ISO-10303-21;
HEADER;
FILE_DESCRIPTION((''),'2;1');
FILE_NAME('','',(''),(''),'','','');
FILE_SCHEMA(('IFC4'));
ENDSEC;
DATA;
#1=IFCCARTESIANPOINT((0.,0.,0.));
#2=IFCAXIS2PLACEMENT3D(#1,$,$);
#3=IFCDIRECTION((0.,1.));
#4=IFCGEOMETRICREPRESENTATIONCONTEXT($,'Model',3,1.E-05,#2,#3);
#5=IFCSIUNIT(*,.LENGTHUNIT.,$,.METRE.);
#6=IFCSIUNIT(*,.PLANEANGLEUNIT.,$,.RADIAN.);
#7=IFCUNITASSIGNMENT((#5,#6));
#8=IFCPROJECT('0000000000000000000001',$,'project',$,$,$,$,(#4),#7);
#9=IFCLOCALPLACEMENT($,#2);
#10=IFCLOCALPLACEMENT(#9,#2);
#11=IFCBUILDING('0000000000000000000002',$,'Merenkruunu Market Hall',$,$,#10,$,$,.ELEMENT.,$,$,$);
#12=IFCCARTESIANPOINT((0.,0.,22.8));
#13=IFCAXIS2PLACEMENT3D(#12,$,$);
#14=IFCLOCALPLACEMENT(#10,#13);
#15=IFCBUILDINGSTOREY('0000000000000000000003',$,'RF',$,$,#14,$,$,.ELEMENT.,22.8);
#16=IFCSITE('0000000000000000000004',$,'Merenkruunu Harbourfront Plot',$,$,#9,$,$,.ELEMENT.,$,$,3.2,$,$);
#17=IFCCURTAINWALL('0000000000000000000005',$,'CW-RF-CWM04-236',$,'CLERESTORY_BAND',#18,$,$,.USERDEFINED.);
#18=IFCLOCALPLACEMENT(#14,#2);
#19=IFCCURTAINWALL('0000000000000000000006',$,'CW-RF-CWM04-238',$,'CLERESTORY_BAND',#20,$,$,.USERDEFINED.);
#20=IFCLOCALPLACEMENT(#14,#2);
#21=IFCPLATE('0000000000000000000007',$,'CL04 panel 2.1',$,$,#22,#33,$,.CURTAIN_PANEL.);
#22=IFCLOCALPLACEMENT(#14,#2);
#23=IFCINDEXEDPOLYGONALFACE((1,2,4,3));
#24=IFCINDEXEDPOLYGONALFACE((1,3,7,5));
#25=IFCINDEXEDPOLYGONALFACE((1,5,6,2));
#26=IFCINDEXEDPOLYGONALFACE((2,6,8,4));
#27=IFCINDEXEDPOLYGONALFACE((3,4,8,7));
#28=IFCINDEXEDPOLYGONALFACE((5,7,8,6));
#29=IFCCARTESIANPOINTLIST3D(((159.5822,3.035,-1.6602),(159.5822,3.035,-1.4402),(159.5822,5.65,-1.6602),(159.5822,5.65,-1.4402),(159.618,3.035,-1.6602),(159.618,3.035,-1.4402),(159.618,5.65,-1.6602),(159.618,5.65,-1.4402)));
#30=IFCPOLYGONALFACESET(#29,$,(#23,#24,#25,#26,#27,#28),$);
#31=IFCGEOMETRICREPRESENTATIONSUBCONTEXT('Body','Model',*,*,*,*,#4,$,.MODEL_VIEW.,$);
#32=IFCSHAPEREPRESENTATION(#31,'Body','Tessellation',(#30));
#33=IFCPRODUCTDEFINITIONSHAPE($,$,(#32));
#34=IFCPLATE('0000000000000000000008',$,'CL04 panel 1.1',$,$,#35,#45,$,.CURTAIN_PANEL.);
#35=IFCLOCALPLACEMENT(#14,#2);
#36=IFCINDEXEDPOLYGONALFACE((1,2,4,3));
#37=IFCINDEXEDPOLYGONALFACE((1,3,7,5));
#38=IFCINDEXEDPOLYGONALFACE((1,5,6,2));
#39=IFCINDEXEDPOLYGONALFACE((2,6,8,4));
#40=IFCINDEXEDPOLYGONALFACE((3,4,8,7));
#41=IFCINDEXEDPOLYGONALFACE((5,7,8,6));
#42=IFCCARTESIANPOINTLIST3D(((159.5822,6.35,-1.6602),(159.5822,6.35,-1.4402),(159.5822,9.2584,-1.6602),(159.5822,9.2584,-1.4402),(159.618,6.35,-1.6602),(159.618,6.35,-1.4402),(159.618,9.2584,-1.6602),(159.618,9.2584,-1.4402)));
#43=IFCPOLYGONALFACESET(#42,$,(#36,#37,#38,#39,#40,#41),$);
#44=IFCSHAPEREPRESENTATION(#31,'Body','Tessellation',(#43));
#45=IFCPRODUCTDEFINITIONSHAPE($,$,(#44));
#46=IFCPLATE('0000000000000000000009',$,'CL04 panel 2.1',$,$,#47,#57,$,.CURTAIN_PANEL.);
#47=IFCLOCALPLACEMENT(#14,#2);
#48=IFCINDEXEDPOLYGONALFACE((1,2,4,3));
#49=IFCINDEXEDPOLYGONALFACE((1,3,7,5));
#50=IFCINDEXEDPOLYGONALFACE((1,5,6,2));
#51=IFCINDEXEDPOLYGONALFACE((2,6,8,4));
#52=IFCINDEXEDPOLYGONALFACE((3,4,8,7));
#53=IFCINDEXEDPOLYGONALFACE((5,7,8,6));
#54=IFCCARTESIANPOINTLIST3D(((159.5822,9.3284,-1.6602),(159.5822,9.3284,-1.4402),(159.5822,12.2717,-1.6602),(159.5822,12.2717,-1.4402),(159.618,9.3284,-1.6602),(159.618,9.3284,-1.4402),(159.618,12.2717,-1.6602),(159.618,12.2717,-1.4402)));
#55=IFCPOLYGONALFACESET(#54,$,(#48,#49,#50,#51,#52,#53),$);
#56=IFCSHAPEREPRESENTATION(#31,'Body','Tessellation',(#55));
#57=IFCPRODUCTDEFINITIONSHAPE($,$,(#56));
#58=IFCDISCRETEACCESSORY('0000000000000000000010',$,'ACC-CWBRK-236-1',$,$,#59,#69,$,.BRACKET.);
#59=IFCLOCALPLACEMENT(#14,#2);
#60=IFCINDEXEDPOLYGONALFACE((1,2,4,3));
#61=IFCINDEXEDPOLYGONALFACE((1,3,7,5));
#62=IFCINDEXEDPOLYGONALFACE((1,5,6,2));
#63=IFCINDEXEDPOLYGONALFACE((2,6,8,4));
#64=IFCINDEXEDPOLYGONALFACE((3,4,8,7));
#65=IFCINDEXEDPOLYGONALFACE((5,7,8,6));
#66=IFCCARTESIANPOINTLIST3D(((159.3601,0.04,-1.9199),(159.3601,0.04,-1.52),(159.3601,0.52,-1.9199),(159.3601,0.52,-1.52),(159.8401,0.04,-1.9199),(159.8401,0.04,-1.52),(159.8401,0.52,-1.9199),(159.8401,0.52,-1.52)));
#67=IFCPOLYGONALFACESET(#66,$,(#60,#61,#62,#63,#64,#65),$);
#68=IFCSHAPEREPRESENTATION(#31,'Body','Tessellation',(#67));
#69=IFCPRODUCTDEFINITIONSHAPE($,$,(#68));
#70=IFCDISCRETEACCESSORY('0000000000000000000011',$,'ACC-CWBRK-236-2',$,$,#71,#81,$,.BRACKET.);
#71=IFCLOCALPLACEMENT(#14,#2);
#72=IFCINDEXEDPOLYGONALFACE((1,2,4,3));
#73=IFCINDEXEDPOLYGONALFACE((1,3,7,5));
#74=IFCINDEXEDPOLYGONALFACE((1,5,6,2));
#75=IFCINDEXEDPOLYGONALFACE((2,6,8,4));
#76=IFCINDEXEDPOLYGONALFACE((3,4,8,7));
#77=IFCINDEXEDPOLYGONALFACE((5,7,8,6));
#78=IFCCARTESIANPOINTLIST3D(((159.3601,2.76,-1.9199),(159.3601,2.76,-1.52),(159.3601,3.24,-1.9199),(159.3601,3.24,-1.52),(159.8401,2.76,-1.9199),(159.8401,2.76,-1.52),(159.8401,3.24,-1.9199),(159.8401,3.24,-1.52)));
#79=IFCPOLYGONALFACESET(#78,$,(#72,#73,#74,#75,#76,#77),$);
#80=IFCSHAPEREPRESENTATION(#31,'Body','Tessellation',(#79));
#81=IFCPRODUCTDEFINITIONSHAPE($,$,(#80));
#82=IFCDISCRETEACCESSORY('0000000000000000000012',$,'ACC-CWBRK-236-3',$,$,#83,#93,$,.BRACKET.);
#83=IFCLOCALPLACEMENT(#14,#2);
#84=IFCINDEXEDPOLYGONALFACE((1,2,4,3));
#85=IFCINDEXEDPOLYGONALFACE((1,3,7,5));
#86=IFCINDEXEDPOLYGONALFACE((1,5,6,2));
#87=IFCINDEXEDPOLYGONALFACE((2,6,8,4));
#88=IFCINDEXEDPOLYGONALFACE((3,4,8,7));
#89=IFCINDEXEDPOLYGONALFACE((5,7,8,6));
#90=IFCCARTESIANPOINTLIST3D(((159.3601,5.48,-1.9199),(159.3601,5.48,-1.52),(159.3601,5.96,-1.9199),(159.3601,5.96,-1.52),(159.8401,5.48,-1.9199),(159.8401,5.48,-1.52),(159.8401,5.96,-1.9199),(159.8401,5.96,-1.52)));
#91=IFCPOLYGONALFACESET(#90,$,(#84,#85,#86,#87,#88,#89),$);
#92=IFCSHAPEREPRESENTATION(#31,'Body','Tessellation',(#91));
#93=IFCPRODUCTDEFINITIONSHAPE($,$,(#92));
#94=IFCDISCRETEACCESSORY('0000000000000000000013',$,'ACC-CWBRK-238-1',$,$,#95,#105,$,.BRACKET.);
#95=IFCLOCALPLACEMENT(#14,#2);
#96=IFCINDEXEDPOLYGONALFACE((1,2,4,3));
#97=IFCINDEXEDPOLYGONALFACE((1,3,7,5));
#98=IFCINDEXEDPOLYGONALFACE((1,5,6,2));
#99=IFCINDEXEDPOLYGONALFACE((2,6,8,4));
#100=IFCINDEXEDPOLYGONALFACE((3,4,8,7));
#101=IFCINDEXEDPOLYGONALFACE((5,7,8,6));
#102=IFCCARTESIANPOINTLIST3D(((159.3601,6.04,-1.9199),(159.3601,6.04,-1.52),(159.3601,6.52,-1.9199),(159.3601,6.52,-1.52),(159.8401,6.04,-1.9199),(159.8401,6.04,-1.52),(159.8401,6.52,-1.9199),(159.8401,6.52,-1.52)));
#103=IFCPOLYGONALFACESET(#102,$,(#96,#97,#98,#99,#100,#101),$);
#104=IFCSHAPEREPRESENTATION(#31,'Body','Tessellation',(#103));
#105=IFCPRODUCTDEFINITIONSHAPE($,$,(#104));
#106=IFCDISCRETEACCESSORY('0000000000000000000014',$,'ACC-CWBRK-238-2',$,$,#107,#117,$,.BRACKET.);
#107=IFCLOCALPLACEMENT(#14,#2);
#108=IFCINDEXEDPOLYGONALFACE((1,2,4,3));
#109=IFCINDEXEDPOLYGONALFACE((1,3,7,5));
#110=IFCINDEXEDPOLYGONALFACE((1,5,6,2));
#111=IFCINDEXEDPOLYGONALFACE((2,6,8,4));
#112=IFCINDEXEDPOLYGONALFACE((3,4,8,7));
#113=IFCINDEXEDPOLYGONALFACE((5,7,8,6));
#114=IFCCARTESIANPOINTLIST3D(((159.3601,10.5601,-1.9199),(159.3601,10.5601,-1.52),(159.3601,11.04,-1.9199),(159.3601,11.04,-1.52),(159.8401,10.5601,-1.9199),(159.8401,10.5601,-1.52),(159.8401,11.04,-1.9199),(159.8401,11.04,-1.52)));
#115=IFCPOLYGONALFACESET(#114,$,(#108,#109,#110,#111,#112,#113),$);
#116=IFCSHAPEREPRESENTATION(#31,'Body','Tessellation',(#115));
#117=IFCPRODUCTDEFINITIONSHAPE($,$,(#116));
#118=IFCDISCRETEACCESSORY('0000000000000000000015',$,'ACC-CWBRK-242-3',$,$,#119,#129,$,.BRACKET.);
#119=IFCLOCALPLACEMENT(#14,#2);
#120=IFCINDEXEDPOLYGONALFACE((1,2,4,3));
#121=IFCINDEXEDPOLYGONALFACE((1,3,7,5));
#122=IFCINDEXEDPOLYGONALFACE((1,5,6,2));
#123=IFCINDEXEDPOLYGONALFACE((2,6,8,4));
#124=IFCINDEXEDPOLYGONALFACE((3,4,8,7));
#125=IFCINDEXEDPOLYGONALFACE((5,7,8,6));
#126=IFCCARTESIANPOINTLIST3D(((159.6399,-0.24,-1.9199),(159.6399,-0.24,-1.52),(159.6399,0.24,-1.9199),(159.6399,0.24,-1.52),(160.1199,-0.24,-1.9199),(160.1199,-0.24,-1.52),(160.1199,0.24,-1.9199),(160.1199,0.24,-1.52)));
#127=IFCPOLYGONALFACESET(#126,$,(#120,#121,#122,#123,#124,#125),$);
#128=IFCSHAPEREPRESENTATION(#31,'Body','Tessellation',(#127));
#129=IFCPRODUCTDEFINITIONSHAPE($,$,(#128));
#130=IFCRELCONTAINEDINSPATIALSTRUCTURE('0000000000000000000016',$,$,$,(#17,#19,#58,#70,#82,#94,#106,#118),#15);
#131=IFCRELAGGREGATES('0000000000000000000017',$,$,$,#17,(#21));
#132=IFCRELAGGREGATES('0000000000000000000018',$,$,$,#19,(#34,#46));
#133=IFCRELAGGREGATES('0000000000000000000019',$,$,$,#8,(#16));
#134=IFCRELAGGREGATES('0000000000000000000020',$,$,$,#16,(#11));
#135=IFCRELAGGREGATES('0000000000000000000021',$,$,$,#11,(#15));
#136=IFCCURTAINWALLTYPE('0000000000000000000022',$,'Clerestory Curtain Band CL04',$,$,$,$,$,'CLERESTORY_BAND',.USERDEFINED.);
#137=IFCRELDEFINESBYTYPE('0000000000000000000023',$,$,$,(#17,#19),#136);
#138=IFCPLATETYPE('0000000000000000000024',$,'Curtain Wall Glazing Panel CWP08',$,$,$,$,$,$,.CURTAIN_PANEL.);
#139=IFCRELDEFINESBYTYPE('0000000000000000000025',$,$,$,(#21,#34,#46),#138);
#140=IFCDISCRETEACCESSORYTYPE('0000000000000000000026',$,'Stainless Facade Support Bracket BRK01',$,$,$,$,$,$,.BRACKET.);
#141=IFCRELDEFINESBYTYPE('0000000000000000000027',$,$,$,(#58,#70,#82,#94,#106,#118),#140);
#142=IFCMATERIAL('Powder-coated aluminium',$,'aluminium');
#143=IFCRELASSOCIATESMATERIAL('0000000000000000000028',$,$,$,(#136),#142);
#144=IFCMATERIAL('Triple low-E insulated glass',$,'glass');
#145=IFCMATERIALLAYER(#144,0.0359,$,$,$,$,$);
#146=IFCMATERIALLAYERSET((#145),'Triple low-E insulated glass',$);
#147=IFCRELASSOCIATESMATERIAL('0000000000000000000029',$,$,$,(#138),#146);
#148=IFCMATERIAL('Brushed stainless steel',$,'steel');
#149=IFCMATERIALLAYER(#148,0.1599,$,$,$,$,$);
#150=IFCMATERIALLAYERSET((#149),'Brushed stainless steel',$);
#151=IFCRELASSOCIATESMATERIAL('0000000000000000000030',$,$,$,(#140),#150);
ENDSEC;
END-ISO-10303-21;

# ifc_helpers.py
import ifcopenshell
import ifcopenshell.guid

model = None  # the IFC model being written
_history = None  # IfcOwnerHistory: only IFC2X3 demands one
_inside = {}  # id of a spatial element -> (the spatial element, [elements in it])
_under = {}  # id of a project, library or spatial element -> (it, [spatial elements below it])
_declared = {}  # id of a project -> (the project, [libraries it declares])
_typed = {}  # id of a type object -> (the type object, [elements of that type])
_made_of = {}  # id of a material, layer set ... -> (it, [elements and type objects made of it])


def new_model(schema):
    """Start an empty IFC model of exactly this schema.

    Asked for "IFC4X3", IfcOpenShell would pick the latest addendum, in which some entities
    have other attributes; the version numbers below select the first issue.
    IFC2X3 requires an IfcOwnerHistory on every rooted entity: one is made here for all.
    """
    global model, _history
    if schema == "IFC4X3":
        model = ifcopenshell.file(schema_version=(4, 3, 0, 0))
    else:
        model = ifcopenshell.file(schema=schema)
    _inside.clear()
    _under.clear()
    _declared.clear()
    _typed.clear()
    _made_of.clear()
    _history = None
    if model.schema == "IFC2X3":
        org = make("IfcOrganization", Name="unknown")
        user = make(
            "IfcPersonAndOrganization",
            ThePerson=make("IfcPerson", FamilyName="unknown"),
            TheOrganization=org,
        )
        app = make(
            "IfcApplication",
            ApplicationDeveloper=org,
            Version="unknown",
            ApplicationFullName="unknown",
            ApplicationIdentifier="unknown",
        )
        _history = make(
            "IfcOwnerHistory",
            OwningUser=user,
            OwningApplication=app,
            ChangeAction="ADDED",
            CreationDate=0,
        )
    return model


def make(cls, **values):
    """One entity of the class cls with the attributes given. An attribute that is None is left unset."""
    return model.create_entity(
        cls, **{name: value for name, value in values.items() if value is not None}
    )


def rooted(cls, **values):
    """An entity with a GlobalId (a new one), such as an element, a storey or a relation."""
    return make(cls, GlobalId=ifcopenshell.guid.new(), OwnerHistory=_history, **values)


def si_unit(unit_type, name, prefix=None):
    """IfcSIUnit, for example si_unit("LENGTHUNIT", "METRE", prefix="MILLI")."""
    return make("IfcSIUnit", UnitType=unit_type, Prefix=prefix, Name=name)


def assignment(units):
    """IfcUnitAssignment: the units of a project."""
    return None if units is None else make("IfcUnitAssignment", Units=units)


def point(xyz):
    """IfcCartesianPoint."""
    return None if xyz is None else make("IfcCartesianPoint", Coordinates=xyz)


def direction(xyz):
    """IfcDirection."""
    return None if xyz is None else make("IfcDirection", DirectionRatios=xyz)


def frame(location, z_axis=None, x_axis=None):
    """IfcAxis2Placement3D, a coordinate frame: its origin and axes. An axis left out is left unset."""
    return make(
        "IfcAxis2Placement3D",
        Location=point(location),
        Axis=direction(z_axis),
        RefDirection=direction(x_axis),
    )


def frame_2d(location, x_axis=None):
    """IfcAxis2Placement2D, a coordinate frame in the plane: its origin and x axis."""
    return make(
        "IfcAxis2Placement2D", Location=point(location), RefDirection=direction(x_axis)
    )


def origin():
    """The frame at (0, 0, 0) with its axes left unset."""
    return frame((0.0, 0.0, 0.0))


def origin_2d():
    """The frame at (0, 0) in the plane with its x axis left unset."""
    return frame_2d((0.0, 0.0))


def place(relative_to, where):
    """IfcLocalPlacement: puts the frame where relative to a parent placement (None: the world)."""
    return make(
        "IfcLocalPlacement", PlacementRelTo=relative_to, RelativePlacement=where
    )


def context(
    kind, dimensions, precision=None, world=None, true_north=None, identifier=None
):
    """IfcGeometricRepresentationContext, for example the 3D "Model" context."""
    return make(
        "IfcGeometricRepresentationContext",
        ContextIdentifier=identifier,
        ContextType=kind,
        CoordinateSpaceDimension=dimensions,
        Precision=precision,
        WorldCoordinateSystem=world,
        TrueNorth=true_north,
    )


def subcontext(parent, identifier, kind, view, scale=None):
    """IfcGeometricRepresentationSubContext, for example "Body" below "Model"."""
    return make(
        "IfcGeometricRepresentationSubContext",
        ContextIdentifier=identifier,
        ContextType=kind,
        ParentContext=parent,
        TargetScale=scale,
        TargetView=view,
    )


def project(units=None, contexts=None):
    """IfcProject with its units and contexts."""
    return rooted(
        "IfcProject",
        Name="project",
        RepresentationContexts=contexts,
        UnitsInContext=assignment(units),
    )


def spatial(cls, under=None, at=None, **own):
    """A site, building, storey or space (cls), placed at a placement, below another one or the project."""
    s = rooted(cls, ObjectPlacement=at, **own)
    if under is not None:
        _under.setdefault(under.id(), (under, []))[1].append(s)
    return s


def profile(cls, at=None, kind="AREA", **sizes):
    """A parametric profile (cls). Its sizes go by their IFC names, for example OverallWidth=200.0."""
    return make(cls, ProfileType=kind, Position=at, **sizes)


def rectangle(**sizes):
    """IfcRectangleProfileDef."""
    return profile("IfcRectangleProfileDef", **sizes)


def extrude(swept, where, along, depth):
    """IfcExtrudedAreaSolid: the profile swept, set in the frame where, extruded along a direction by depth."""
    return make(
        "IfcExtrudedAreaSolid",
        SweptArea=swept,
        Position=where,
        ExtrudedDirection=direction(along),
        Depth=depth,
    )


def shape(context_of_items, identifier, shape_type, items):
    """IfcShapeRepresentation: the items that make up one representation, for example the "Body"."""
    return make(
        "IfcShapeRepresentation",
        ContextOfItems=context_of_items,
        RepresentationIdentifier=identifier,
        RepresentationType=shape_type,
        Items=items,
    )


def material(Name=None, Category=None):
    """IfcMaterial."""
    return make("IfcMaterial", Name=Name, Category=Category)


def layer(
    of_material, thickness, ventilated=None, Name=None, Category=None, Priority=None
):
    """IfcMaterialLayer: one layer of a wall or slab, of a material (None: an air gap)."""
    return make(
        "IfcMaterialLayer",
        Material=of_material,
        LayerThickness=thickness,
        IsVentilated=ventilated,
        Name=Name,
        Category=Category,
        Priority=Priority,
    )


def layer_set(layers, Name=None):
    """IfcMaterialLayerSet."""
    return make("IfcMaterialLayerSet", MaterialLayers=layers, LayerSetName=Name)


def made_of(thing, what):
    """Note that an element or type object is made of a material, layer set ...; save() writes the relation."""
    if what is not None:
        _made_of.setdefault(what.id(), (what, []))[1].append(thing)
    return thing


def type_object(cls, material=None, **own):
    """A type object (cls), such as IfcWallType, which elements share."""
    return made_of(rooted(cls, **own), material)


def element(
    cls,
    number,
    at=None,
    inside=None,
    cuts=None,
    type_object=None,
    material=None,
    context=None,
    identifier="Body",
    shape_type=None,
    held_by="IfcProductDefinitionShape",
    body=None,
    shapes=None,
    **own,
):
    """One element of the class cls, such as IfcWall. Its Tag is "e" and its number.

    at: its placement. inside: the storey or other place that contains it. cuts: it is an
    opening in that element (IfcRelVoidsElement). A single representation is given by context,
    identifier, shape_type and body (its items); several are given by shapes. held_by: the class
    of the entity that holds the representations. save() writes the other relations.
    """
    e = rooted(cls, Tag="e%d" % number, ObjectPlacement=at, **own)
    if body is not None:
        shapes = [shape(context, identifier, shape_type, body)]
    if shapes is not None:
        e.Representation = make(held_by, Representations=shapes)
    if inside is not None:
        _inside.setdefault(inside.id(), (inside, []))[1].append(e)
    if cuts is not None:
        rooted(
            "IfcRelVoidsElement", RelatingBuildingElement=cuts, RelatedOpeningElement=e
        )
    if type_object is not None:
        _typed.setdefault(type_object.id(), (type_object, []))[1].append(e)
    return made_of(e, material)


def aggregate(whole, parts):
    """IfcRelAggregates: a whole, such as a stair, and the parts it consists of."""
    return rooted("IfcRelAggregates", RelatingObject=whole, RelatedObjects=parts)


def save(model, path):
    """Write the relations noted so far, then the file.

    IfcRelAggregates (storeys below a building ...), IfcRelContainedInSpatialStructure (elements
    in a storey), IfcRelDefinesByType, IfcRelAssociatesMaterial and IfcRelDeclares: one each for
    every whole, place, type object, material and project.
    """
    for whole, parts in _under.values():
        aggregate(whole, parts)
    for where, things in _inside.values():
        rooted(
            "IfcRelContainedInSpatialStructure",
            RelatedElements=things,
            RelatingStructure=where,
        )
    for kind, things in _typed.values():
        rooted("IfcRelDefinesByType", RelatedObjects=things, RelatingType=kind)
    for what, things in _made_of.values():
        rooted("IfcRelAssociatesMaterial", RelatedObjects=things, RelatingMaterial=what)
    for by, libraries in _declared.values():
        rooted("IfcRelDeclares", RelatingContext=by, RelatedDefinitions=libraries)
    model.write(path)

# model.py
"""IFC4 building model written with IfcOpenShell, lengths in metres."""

from ifc_helpers import new_model, si_unit, direction, frame, origin, origin_2d, place, context, subcontext, project, spatial, rectangle, extrude, material, layer, layer_set, type_object, element, aggregate, save


model = new_model("IFC4")

# Units and contexts
model_context = context("Model", 3, precision=1e-05, world=origin(), true_north=direction((0.0, 1.0)))
body_context = subcontext(model_context, "Body", "Model", "MODEL_VIEW")
ifc_project = project(units=[si_unit("LENGTHUNIT", "METRE"), si_unit("PLANEANGLEUNIT", "RADIAN")], contexts=[model_context])

# Site, building, storey
site_placement = place(None, origin())
site = spatial("IfcSite", under=ifc_project, at=site_placement, Name="Merenkruunu Harbourfront Plot", CompositionType="ELEMENT", RefElevation=3.2)
building_placement = place(site_placement, origin())
building = spatial("IfcBuilding", under=site, at=building_placement, Name="Merenkruunu Market Hall", CompositionType="ELEMENT")
storey_placement = place(building_placement, frame((0.0, 0.0, 22.8)))
storey = spatial("IfcBuildingStorey", under=building, at=storey_placement, Name="RF", CompositionType="ELEMENT", Elevation=22.8)

# Curtain walls
ifc_material_1 = material(Name="Powder-coated aluminium", Category="aluminium")
curtain_wall_type_1 = type_object("IfcCurtainWallType", Name="Clerestory Curtain Band CL04", ElementType="CLERESTORY_BAND", PredefinedType="USERDEFINED", material=ifc_material_1)
curtain_wall_1_placement = place(storey_placement, origin())
curtain_wall_1 = element("IfcCurtainWall", 1, at=curtain_wall_1_placement, inside=storey, type_object=curtain_wall_type_1, Name="CW-RF-CWM04-236", ObjectType="CLERESTORY_BAND", PredefinedType="USERDEFINED")
curtain_wall_2_placement = place(storey_placement, origin())
curtain_wall_2 = element("IfcCurtainWall", 2, at=curtain_wall_2_placement, inside=storey, type_object=curtain_wall_type_1, Name="CW-RF-CWM04-238", ObjectType="CLERESTORY_BAND", PredefinedType="USERDEFINED")

# Plates
ifc_material_2 = material(Name="Triple low-E insulated glass", Category="glass")
ifc_layer_1 = layer(ifc_material_2, 0.0359)
ifc_layer_set_1 = layer_set([ifc_layer_1], Name="Triple low-E insulated glass")
plate_type = type_object("IfcPlateType", Name="Curtain Wall Glazing Panel CWP08", PredefinedType="CURTAIN_PANEL", material=ifc_layer_set_1)
plate_1_placement = place(storey_placement, frame((159.6001, 4.3425, -1.6602), z_axis=(0.0, 0.0, 1.0), x_axis=(0.0, 1.0, 0.0)))
plate_1 = element("IfcPlate", 3, at=plate_1_placement, type_object=plate_type, Name="CL04 panel 2.1", PredefinedType="CURTAIN_PANEL", context=body_context, shape_type="SweptSolid", body=[
    extrude(rectangle(XDim=2.615, YDim=0.0359, at=origin_2d()), origin(), (0.0, 0.0, 1.0), 0.22),
])
aggregate(curtain_wall_1, [plate_1])
plate_2_placement = place(storey_placement, frame((159.6001, 7.8042, -1.6602), z_axis=(0.0, 0.0, 1.0), x_axis=(0.0, 1.0, 0.0)))
plate_2 = element("IfcPlate", 4, at=plate_2_placement, type_object=plate_type, Name="CL04 panel 1.1", PredefinedType="CURTAIN_PANEL", context=body_context, shape_type="SweptSolid", body=[
    extrude(rectangle(XDim=2.9084, YDim=0.0359, at=origin_2d()), origin(), (0.0, 0.0, 1.0), 0.22),
])
plate_3_placement = place(storey_placement, frame((159.6001, 10.8, -1.6602), z_axis=(0.0, 0.0, 1.0), x_axis=(0.0, 1.0, 0.0)))
plate_3 = element("IfcPlate", 5, at=plate_3_placement, type_object=plate_type, Name="CL04 panel 2.1", PredefinedType="CURTAIN_PANEL", context=body_context, shape_type="SweptSolid", body=[
    extrude(rectangle(XDim=2.9434, YDim=0.0359, at=origin_2d()), origin(), (0.0, 0.0, 1.0), 0.22),
])
aggregate(curtain_wall_2, [plate_2, plate_3])

# Discrete accessories
ifc_material_3 = material(Name="Brushed stainless steel", Category="steel")
ifc_layer_2 = layer(ifc_material_3, 0.1599)
ifc_layer_set_2 = layer_set([ifc_layer_2], Name="Brushed stainless steel")
discrete_accessory_type = type_object("IfcDiscreteAccessoryType", Name="Stainless Facade Support Bracket BRK01", PredefinedType="BRACKET", material=ifc_layer_set_2)
for number, where, z_axis, x_axis, name in (
    (6, (159.6001, 0.28, -1.9199), (0.0, 0.0, 1.0), (1.0, 0.0, 0.0), "ACC-CWBRK-236-1"),
    (7, (159.6001, 3.0, -1.9199), (0.0, 0.0, 1.0), (1.0, 0.0, 0.0), "ACC-CWBRK-236-2"),
    (8, (159.6001, 5.72, -1.9199), (0.0, 0.0, 1.0), (1.0, 0.0, 0.0), "ACC-CWBRK-236-3"),
    (9, (159.6001, 6.28, -1.9199), (0.0, 0.0, 1.0), (1.0, 0.0, 0.0), "ACC-CWBRK-238-1"),
    (10, (159.6001, 10.8, -1.9199), (0.0, 0.0, 1.0), (1.0, 0.0, 0.0), "ACC-CWBRK-238-2"),
    (11, (159.8799, 0.0, -1.9199), (0.0, 0.0, 1.0), (1.0, 0.0, 0.0), "ACC-CWBRK-242-3"),
):
    element("IfcDiscreteAccessory", number, at=place(storey_placement, frame(where, z_axis=z_axis, x_axis=x_axis)), inside=storey, type_object=discrete_accessory_type, Name=name, PredefinedType="BRACKET", context=body_context, shape_type="SweptSolid", body=[
        extrude(rectangle(XDim=0.48, YDim=0.48, at=origin_2d()), origin(), (0.0, 0.0, 1.0), 0.3999),
    ])

save(model, "model.ifc")
